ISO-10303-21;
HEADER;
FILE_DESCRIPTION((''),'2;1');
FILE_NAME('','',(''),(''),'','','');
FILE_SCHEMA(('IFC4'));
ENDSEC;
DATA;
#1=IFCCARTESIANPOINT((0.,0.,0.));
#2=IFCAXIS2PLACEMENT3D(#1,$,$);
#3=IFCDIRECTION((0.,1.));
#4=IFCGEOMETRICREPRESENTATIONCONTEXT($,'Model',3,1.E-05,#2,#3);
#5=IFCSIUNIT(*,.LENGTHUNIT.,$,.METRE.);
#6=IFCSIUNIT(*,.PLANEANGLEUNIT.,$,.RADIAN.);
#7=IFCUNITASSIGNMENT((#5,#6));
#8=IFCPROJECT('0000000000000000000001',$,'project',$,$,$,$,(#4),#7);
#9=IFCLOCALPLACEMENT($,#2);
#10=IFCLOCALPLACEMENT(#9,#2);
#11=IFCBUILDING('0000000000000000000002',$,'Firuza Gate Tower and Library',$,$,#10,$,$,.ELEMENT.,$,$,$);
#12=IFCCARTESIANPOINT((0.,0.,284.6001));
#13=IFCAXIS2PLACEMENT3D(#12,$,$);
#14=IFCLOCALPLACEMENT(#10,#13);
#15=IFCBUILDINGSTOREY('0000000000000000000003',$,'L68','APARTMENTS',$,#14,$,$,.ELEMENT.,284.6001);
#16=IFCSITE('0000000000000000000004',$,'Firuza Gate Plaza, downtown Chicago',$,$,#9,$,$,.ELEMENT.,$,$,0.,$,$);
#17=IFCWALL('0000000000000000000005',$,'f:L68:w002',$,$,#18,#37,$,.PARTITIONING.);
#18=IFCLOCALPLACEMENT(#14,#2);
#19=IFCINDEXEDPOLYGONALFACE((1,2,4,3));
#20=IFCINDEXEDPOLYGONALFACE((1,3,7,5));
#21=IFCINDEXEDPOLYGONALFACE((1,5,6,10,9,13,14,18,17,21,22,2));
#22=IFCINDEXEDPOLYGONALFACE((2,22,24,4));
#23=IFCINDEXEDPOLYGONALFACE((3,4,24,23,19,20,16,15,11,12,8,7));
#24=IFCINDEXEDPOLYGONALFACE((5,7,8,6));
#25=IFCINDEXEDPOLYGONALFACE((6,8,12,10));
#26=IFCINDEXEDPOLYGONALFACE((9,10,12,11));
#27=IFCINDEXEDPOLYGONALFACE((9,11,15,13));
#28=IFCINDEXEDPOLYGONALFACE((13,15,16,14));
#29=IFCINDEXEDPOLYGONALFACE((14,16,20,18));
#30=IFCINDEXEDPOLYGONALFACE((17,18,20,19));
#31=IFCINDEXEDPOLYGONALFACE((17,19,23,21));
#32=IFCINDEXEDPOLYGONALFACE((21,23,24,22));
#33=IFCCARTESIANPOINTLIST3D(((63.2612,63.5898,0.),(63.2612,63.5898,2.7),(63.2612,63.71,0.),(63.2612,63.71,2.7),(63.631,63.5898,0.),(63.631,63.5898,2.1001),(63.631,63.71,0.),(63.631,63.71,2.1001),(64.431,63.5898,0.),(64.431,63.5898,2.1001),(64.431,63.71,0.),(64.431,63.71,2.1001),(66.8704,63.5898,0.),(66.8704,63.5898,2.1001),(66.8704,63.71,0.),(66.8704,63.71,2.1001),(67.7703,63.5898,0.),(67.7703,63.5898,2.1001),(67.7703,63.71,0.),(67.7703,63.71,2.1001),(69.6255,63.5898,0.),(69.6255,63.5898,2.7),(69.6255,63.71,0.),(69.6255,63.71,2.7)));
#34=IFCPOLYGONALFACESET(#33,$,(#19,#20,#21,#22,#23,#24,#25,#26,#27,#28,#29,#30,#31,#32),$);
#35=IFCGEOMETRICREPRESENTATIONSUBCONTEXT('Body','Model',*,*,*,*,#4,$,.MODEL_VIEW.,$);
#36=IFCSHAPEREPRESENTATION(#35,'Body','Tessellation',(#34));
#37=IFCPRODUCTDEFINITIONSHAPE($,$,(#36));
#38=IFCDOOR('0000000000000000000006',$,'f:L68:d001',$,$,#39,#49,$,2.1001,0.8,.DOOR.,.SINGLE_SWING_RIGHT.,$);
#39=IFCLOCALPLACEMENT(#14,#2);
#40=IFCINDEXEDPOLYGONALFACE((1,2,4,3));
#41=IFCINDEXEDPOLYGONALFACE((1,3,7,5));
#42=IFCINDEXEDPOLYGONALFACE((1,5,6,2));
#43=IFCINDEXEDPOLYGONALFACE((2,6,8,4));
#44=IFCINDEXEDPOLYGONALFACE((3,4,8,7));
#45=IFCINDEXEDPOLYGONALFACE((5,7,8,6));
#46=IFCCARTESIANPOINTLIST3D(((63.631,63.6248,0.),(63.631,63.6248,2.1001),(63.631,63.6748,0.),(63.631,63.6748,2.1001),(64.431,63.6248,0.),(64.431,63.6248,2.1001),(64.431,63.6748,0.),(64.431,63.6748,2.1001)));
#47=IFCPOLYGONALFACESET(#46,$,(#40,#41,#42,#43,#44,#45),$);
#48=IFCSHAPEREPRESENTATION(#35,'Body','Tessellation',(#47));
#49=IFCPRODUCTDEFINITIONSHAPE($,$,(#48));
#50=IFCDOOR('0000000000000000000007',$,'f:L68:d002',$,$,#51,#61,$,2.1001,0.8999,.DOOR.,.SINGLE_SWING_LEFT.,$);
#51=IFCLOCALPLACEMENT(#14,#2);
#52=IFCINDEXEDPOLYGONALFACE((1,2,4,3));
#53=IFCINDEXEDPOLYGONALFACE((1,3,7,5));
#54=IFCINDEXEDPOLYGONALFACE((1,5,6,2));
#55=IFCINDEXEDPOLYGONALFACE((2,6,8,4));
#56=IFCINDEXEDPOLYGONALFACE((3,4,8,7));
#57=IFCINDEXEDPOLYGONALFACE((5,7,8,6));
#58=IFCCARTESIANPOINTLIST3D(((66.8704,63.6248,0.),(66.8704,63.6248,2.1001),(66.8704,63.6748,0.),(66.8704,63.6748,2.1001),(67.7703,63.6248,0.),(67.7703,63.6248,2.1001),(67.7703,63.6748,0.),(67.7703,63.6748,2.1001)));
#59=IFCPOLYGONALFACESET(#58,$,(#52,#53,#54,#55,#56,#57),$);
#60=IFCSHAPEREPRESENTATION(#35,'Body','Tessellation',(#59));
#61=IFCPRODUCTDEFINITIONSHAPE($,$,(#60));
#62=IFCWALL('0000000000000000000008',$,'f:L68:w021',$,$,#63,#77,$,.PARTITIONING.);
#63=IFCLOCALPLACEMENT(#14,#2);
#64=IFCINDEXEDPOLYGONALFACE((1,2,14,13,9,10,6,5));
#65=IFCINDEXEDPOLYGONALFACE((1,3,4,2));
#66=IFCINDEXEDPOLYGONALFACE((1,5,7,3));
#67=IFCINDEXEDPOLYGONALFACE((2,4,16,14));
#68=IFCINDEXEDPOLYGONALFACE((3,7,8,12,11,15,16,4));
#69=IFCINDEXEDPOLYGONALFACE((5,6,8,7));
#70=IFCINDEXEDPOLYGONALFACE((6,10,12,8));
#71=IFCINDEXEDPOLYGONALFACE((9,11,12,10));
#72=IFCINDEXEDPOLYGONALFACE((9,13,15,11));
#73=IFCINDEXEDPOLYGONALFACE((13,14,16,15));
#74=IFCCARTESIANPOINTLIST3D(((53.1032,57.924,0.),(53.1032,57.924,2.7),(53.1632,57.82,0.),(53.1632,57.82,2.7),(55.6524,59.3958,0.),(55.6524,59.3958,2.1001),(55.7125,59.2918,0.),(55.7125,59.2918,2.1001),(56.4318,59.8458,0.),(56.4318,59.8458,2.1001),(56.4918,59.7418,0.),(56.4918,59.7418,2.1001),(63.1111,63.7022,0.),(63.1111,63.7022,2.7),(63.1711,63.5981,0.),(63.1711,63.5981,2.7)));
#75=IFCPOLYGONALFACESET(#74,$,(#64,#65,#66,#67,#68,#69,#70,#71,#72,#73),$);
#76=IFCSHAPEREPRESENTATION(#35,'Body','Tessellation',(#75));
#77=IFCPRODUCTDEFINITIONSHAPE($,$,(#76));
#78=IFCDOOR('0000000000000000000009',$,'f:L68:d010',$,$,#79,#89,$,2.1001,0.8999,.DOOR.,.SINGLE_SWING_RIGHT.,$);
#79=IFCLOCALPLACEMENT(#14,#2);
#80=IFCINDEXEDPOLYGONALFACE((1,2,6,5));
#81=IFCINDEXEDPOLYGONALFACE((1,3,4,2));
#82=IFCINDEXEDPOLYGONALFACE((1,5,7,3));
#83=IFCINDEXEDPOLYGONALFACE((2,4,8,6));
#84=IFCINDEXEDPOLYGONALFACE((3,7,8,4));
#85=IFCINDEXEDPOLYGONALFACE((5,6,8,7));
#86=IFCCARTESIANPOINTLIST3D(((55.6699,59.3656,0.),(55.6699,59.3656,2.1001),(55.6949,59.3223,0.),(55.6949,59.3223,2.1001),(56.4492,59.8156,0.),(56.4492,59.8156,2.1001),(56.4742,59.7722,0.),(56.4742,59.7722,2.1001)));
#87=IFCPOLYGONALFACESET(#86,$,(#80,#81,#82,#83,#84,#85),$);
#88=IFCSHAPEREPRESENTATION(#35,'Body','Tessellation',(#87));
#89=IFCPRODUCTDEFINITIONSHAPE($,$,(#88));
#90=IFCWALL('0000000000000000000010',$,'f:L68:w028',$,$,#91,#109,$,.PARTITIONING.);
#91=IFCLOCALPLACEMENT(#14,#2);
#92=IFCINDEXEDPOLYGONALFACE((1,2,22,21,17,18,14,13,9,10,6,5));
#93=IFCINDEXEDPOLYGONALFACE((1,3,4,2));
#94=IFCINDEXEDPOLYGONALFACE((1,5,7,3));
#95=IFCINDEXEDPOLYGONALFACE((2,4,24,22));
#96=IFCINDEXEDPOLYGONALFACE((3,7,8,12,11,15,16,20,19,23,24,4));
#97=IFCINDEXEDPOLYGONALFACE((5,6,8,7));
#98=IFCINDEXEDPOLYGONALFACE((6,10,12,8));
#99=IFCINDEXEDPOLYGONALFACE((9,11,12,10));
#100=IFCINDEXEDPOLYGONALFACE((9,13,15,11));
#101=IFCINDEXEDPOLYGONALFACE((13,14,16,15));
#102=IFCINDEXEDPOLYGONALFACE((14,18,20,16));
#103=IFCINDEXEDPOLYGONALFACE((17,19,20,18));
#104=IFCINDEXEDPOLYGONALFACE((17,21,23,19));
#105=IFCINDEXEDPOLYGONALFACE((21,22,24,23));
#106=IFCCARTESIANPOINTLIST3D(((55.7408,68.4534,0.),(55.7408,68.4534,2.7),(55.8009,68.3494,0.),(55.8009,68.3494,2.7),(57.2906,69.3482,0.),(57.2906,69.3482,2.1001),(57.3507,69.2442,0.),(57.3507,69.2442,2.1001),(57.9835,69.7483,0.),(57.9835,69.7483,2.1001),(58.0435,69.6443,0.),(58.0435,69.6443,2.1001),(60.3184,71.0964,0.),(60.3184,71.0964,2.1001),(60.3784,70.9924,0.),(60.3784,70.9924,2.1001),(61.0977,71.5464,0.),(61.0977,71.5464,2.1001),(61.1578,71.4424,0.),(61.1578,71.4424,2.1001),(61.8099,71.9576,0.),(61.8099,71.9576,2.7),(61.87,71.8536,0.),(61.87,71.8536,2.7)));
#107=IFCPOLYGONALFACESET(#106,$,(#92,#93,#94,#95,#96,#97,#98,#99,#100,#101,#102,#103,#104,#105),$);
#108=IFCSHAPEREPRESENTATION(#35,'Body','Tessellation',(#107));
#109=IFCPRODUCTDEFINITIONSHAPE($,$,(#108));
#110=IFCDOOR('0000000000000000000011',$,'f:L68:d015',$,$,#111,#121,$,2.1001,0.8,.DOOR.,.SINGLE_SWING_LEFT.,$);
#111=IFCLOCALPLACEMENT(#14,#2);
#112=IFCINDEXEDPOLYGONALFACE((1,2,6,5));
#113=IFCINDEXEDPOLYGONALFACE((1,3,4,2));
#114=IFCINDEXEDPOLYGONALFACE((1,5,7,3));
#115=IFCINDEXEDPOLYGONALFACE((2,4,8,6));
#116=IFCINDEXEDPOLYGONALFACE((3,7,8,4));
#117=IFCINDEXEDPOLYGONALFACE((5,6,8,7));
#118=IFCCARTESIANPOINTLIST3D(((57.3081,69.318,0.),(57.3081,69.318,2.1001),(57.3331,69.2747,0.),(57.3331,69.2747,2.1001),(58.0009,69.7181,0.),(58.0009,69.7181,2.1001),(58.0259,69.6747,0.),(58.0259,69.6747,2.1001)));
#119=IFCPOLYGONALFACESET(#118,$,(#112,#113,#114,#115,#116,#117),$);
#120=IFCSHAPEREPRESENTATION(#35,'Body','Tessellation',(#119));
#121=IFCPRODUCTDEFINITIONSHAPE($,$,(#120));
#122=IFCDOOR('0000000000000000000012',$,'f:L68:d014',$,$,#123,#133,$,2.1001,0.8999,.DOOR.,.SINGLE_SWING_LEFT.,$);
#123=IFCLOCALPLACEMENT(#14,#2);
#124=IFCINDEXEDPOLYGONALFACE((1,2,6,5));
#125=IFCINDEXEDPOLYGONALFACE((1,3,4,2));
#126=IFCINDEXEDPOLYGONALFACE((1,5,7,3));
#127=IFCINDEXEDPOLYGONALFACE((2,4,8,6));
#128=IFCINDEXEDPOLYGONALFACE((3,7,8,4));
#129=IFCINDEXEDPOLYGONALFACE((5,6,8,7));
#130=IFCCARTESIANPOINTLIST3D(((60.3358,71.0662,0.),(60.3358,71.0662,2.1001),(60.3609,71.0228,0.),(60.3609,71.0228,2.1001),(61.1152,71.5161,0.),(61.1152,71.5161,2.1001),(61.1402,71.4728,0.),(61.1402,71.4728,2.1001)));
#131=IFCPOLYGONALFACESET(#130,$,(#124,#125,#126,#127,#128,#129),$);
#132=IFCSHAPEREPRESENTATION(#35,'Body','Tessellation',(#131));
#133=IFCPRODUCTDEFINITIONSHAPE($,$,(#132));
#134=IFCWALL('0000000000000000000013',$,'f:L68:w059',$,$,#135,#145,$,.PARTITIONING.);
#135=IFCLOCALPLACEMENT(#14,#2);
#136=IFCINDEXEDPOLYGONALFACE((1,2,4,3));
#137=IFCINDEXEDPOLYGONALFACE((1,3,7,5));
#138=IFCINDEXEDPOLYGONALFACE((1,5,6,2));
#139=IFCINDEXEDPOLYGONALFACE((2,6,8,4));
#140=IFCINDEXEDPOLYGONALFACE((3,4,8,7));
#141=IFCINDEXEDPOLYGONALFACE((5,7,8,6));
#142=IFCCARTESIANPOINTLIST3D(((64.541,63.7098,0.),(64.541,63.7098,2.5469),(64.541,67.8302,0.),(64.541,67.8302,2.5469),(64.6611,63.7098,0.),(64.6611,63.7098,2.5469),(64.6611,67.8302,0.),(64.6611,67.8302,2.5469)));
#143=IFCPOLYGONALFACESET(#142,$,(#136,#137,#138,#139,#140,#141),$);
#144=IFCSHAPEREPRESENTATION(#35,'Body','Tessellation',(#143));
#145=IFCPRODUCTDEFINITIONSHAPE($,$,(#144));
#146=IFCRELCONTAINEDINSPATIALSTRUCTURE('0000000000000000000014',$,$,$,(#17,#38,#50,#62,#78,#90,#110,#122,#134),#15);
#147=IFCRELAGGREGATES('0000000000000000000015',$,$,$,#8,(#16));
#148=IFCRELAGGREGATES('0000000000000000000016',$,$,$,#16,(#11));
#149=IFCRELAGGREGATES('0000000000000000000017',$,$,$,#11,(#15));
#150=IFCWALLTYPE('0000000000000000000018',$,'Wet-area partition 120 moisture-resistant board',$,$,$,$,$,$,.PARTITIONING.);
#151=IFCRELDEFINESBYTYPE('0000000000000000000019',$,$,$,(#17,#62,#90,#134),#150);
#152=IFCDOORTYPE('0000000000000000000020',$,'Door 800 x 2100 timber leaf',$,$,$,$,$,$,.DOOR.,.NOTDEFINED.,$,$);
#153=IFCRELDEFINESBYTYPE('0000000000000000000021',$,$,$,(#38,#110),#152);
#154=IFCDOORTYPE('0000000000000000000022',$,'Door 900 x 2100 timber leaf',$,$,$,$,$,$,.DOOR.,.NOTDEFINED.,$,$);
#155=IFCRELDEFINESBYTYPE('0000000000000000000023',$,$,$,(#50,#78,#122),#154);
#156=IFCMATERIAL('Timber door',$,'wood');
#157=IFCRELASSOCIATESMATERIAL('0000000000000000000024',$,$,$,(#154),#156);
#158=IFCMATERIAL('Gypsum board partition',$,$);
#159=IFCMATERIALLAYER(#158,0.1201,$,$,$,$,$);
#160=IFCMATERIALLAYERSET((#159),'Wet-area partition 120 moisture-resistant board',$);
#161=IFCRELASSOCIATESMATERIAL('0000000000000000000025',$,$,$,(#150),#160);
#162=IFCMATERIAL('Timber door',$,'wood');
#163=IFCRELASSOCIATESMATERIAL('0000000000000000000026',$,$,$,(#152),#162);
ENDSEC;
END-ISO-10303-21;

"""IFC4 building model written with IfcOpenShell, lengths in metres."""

from ifc_helpers import new_model, si_unit, direction, frame, frame_2d, origin, place, context, subcontext, project, spatial, rectangle, extrude, material, layer, layer_set, type_object, element, fill, save


model = new_model("IFC4")

# Units and contexts
model_context = context("Model", 3, precision=1e-05, world=origin(), true_north=direction((0.0, 1.0)))
body_context = subcontext(model_context, "Body", "Model", "MODEL_VIEW")
ifc_project = project(units=[si_unit("LENGTHUNIT", "METRE"), si_unit("PLANEANGLEUNIT", "RADIAN")], contexts=[model_context])

# Site, building, storey
site_placement = place(None, origin())
site = spatial("IfcSite", under=ifc_project, at=site_placement, Name="Firuza Gate Plaza, downtown Chicago", CompositionType="ELEMENT", RefElevation=0.0)
building_placement = place(site_placement, origin())
building = spatial("IfcBuilding", under=site, at=building_placement, Name="Firuza Gate Tower and Library", CompositionType="ELEMENT")
storey_placement = place(building_placement, frame((0.0, 0.0, 284.6001)))
storey = spatial("IfcBuildingStorey", under=building, at=storey_placement, Name="L68", Description="APARTMENTS", CompositionType="ELEMENT", Elevation=284.6001)

# Shared definitions
ifc_material_1 = material(Name="Timber door", Category="wood")
door_type_1 = type_object("IfcDoorType", Name="Door 900 x 2100 timber leaf", OperationType="NOTDEFINED", PredefinedType="DOOR", material=ifc_material_1)

# Wall, openings, doors
ifc_material_2 = material(Name="Gypsum board partition")
ifc_layer_1 = layer(ifc_material_2, 0.1201)
ifc_layer_set_1 = layer_set([ifc_layer_1], Name="Wet-area partition 120 moisture-resistant board")
wall_type_1 = type_object("IfcWallType", Name="Wet-area partition 120 moisture-resistant board", PredefinedType="PARTITIONING", material=ifc_layer_set_1)
wall_1_placement = place(storey_placement, frame((63.2612, 63.6499, 0.0), z_axis=(0.0, 0.0, 1.0), x_axis=(1.0, 0.0, 0.0)))
wall_1 = element("IfcWall", 1, at=wall_1_placement, inside=storey, type_object=wall_type_1, Name="f:L68:w002", PredefinedType="PARTITIONING", context=body_context, shape_type="SweptSolid", body=[
    extrude(rectangle(XDim=6.3643, YDim=0.1201, at=frame_2d((3.1821, 0.0))), origin(), (0.0, 0.0, 1.0), 2.7),
])
opening_1_placement = place(wall_1_placement, frame((0.3699, 0.0, 0.0)))
opening_1 = element("IfcOpeningElement", 2, at=opening_1_placement, cuts=wall_1, PredefinedType="OPENING", context=body_context, shape_type="SweptSolid", body=[
    extrude(rectangle(XDim=0.8, YDim=2.1001, at=frame_2d((0.3999, 1.05))), frame((0.0, 0.0701, 0.0), z_axis=(0.0, -1.0, 0.0), x_axis=(1.0, 0.0, 0.0)), (0.0, 0.0, 1.0), 0.1401),
])
opening_2_placement = place(wall_1_placement, frame((3.6091, 0.0, 0.0)))
opening_2 = element("IfcOpeningElement", 3, at=opening_2_placement, cuts=wall_1, PredefinedType="OPENING", context=body_context, shape_type="SweptSolid", body=[
    extrude(rectangle(XDim=0.8999, YDim=2.1001, at=frame_2d((0.45, 1.05))), frame((0.0, 0.0701, 0.0), z_axis=(0.0, -1.0, 0.0), x_axis=(1.0, 0.0, 0.0)), (0.0, 0.0, 1.0), 0.1401),
])
ifc_material_3 = material(Name="Timber door", Category="wood")
door_type_2 = type_object("IfcDoorType", Name="Door 800 x 2100 timber leaf", OperationType="NOTDEFINED", PredefinedType="DOOR", material=ifc_material_3)
door_1_placement = place(opening_1_placement, origin())
door_1 = element("IfcDoor", 4, at=door_1_placement, inside=storey, type_object=door_type_2, Name="f:L68:d001", OperationType="SINGLE_SWING_RIGHT", OverallHeight=2.1001, OverallWidth=0.8, PredefinedType="DOOR", context=body_context, shape_type="SweptSolid", body=[
    extrude(rectangle(XDim=0.8, YDim=2.1001, at=frame_2d((0.3999, 1.05))), frame((0.0, 0.0249, 0.0), z_axis=(0.0, -1.0, 0.0), x_axis=(1.0, 0.0, 0.0)), (0.0, 0.0, 1.0), 0.05),
])
fill(opening_1, door_1)
door_2_placement = place(opening_2_placement, origin())
door_2 = element("IfcDoor", 5, at=door_2_placement, inside=storey, type_object=door_type_1, Name="f:L68:d002", OperationType="SINGLE_SWING_LEFT", OverallHeight=2.1001, OverallWidth=0.8999, PredefinedType="DOOR", context=body_context, shape_type="SweptSolid", body=[
    extrude(rectangle(XDim=0.8999, YDim=2.1001, at=frame_2d((0.45, 1.05))), frame((0.0, 0.0249, 0.0), z_axis=(0.0, -1.0, 0.0), x_axis=(1.0, 0.0, 0.0)), (0.0, 0.0, 1.0), 0.05),
])
fill(opening_2, door_2)

# Wall, opening, door
wall_2_placement = place(storey_placement, frame((63.1411, 63.6501, 0.0), z_axis=(0.0, 0.0, 1.0), x_axis=(-0.866023, -0.500004, 0.0)))
wall_2 = element("IfcWall", 6, at=wall_2_placement, inside=storey, type_object=wall_type_1, Name="f:L68:w021", PredefinedType="PARTITIONING", context=body_context, shape_type="SweptSolid", body=[
    extrude(rectangle(XDim=11.5562, YDim=0.1201, at=frame_2d((5.7781, 0.0))), origin(), (0.0, 0.0, 1.0), 2.7),
])
opening_3_placement = place(wall_2_placement, frame((7.7126, 0.0, 0.0)))
opening_3 = element("IfcOpeningElement", 7, at=opening_3_placement, cuts=wall_2, PredefinedType="OPENING", context=body_context, shape_type="SweptSolid", body=[
    extrude(rectangle(XDim=0.8999, YDim=2.1001, at=frame_2d((0.45, 1.05))), frame((0.0, 0.0701, 0.0), z_axis=(0.0, -1.0, 0.0), x_axis=(1.0, 0.0, 0.0)), (0.0, 0.0, 1.0), 0.1401),
])
door_3_placement = place(opening_3_placement, origin())
door_3 = element("IfcDoor", 8, at=door_3_placement, inside=storey, type_object=door_type_1, Name="f:L68:d010", OperationType="SINGLE_SWING_RIGHT", OverallHeight=2.1001, OverallWidth=0.8999, PredefinedType="DOOR", context=body_context, shape_type="SweptSolid", body=[
    extrude(rectangle(XDim=0.8999, YDim=2.1001, at=frame_2d((0.45, 1.05))), frame((0.0, 0.0249, 0.0), z_axis=(0.0, -1.0, 0.0), x_axis=(1.0, 0.0, 0.0)), (0.0, 0.0, 1.0), 0.05),
])
fill(opening_3, door_3)

# Wall, openings, doors
wall_3_placement = place(storey_placement, frame((61.8398, 71.9055, 0.0), z_axis=(0.0, 0.0, 1.0), x_axis=(-0.866016, -0.500017, 0.0)))
wall_3 = element("IfcWall", 9, at=wall_3_placement, inside=storey, type_object=wall_type_1, Name="f:L68:w028", PredefinedType="PARTITIONING", context=body_context, shape_type="SweptSolid", body=[
    extrude(rectangle(XDim=7.0081, YDim=0.1201, at=frame_2d((3.5039, 0.0))), origin(), (0.0, 0.0, 1.0), 2.7),
])
opening_4_placement = place(wall_3_placement, frame((0.8223, 0.0, 0.0)))
opening_4 = element("IfcOpeningElement", 10, at=opening_4_placement, cuts=wall_3, PredefinedType="OPENING", context=body_context, shape_type="SweptSolid", body=[
    extrude(rectangle(XDim=0.8999, YDim=2.1001, at=frame_2d((0.45, 1.05))), frame((0.0, 0.0701, 0.0), z_axis=(0.0, -1.0, 0.0), x_axis=(1.0, 0.0, 0.0)), (0.0, 0.0, 1.0), 0.1401),
])
opening_5_placement = place(wall_3_placement, frame((4.4185, 0.0, 0.0)))
opening_5 = element("IfcOpeningElement", 11, at=opening_5_placement, cuts=wall_3, PredefinedType="OPENING", context=body_context, shape_type="SweptSolid", body=[
    extrude(rectangle(XDim=0.8, YDim=2.1001, at=frame_2d((0.3999, 1.05))), frame((0.0, 0.0701, 0.0), z_axis=(0.0, -1.0, 0.0), x_axis=(1.0, 0.0, 0.0)), (0.0, 0.0, 1.0), 0.1401),
])
door_4_placement = place(opening_5_placement, origin())
door_4 = element("IfcDoor", 12, at=door_4_placement, inside=storey, type_object=door_type_2, Name="f:L68:d015", OperationType="SINGLE_SWING_LEFT", OverallHeight=2.1001, OverallWidth=0.8, PredefinedType="DOOR", context=body_context, shape_type="SweptSolid", body=[
    extrude(rectangle(XDim=0.8, YDim=2.1001, at=frame_2d((0.3999, 1.05))), frame((0.0, 0.0249, 0.0), z_axis=(0.0, -1.0, 0.0), x_axis=(1.0, 0.0, 0.0)), (0.0, 0.0, 1.0), 0.05),
])
fill(opening_5, door_4)
door_5_placement = place(opening_4_placement, origin())
door_5 = element("IfcDoor", 13, at=door_5_placement, inside=storey, type_object=door_type_1, Name="f:L68:d014", OperationType="SINGLE_SWING_LEFT", OverallHeight=2.1001, OverallWidth=0.8999, PredefinedType="DOOR", context=body_context, shape_type="SweptSolid", body=[
    extrude(rectangle(XDim=0.8999, YDim=2.1001, at=frame_2d((0.45, 1.05))), frame((0.0, 0.0249, 0.0), z_axis=(0.0, -1.0, 0.0), x_axis=(1.0, 0.0, 0.0)), (0.0, 0.0, 1.0), 0.05),
])
fill(opening_4, door_5)

# Wall
wall_4_placement = place(storey_placement, frame((64.6011, 63.71, 0.0), z_axis=(0.0, 0.0, 1.0), x_axis=(0.0, 1.0, 0.0)))
element("IfcWall", 14, at=wall_4_placement, inside=storey, type_object=wall_type_1, Name="f:L68:w059", PredefinedType="PARTITIONING", context=body_context, shape_type="SweptSolid", body=[
    extrude(rectangle(XDim=4.1204, YDim=0.1201, at=frame_2d((2.0601, 0.0))), origin(), (0.0, 0.0, 1.0), 2.5469),
])

save(model, "model.ifc")
